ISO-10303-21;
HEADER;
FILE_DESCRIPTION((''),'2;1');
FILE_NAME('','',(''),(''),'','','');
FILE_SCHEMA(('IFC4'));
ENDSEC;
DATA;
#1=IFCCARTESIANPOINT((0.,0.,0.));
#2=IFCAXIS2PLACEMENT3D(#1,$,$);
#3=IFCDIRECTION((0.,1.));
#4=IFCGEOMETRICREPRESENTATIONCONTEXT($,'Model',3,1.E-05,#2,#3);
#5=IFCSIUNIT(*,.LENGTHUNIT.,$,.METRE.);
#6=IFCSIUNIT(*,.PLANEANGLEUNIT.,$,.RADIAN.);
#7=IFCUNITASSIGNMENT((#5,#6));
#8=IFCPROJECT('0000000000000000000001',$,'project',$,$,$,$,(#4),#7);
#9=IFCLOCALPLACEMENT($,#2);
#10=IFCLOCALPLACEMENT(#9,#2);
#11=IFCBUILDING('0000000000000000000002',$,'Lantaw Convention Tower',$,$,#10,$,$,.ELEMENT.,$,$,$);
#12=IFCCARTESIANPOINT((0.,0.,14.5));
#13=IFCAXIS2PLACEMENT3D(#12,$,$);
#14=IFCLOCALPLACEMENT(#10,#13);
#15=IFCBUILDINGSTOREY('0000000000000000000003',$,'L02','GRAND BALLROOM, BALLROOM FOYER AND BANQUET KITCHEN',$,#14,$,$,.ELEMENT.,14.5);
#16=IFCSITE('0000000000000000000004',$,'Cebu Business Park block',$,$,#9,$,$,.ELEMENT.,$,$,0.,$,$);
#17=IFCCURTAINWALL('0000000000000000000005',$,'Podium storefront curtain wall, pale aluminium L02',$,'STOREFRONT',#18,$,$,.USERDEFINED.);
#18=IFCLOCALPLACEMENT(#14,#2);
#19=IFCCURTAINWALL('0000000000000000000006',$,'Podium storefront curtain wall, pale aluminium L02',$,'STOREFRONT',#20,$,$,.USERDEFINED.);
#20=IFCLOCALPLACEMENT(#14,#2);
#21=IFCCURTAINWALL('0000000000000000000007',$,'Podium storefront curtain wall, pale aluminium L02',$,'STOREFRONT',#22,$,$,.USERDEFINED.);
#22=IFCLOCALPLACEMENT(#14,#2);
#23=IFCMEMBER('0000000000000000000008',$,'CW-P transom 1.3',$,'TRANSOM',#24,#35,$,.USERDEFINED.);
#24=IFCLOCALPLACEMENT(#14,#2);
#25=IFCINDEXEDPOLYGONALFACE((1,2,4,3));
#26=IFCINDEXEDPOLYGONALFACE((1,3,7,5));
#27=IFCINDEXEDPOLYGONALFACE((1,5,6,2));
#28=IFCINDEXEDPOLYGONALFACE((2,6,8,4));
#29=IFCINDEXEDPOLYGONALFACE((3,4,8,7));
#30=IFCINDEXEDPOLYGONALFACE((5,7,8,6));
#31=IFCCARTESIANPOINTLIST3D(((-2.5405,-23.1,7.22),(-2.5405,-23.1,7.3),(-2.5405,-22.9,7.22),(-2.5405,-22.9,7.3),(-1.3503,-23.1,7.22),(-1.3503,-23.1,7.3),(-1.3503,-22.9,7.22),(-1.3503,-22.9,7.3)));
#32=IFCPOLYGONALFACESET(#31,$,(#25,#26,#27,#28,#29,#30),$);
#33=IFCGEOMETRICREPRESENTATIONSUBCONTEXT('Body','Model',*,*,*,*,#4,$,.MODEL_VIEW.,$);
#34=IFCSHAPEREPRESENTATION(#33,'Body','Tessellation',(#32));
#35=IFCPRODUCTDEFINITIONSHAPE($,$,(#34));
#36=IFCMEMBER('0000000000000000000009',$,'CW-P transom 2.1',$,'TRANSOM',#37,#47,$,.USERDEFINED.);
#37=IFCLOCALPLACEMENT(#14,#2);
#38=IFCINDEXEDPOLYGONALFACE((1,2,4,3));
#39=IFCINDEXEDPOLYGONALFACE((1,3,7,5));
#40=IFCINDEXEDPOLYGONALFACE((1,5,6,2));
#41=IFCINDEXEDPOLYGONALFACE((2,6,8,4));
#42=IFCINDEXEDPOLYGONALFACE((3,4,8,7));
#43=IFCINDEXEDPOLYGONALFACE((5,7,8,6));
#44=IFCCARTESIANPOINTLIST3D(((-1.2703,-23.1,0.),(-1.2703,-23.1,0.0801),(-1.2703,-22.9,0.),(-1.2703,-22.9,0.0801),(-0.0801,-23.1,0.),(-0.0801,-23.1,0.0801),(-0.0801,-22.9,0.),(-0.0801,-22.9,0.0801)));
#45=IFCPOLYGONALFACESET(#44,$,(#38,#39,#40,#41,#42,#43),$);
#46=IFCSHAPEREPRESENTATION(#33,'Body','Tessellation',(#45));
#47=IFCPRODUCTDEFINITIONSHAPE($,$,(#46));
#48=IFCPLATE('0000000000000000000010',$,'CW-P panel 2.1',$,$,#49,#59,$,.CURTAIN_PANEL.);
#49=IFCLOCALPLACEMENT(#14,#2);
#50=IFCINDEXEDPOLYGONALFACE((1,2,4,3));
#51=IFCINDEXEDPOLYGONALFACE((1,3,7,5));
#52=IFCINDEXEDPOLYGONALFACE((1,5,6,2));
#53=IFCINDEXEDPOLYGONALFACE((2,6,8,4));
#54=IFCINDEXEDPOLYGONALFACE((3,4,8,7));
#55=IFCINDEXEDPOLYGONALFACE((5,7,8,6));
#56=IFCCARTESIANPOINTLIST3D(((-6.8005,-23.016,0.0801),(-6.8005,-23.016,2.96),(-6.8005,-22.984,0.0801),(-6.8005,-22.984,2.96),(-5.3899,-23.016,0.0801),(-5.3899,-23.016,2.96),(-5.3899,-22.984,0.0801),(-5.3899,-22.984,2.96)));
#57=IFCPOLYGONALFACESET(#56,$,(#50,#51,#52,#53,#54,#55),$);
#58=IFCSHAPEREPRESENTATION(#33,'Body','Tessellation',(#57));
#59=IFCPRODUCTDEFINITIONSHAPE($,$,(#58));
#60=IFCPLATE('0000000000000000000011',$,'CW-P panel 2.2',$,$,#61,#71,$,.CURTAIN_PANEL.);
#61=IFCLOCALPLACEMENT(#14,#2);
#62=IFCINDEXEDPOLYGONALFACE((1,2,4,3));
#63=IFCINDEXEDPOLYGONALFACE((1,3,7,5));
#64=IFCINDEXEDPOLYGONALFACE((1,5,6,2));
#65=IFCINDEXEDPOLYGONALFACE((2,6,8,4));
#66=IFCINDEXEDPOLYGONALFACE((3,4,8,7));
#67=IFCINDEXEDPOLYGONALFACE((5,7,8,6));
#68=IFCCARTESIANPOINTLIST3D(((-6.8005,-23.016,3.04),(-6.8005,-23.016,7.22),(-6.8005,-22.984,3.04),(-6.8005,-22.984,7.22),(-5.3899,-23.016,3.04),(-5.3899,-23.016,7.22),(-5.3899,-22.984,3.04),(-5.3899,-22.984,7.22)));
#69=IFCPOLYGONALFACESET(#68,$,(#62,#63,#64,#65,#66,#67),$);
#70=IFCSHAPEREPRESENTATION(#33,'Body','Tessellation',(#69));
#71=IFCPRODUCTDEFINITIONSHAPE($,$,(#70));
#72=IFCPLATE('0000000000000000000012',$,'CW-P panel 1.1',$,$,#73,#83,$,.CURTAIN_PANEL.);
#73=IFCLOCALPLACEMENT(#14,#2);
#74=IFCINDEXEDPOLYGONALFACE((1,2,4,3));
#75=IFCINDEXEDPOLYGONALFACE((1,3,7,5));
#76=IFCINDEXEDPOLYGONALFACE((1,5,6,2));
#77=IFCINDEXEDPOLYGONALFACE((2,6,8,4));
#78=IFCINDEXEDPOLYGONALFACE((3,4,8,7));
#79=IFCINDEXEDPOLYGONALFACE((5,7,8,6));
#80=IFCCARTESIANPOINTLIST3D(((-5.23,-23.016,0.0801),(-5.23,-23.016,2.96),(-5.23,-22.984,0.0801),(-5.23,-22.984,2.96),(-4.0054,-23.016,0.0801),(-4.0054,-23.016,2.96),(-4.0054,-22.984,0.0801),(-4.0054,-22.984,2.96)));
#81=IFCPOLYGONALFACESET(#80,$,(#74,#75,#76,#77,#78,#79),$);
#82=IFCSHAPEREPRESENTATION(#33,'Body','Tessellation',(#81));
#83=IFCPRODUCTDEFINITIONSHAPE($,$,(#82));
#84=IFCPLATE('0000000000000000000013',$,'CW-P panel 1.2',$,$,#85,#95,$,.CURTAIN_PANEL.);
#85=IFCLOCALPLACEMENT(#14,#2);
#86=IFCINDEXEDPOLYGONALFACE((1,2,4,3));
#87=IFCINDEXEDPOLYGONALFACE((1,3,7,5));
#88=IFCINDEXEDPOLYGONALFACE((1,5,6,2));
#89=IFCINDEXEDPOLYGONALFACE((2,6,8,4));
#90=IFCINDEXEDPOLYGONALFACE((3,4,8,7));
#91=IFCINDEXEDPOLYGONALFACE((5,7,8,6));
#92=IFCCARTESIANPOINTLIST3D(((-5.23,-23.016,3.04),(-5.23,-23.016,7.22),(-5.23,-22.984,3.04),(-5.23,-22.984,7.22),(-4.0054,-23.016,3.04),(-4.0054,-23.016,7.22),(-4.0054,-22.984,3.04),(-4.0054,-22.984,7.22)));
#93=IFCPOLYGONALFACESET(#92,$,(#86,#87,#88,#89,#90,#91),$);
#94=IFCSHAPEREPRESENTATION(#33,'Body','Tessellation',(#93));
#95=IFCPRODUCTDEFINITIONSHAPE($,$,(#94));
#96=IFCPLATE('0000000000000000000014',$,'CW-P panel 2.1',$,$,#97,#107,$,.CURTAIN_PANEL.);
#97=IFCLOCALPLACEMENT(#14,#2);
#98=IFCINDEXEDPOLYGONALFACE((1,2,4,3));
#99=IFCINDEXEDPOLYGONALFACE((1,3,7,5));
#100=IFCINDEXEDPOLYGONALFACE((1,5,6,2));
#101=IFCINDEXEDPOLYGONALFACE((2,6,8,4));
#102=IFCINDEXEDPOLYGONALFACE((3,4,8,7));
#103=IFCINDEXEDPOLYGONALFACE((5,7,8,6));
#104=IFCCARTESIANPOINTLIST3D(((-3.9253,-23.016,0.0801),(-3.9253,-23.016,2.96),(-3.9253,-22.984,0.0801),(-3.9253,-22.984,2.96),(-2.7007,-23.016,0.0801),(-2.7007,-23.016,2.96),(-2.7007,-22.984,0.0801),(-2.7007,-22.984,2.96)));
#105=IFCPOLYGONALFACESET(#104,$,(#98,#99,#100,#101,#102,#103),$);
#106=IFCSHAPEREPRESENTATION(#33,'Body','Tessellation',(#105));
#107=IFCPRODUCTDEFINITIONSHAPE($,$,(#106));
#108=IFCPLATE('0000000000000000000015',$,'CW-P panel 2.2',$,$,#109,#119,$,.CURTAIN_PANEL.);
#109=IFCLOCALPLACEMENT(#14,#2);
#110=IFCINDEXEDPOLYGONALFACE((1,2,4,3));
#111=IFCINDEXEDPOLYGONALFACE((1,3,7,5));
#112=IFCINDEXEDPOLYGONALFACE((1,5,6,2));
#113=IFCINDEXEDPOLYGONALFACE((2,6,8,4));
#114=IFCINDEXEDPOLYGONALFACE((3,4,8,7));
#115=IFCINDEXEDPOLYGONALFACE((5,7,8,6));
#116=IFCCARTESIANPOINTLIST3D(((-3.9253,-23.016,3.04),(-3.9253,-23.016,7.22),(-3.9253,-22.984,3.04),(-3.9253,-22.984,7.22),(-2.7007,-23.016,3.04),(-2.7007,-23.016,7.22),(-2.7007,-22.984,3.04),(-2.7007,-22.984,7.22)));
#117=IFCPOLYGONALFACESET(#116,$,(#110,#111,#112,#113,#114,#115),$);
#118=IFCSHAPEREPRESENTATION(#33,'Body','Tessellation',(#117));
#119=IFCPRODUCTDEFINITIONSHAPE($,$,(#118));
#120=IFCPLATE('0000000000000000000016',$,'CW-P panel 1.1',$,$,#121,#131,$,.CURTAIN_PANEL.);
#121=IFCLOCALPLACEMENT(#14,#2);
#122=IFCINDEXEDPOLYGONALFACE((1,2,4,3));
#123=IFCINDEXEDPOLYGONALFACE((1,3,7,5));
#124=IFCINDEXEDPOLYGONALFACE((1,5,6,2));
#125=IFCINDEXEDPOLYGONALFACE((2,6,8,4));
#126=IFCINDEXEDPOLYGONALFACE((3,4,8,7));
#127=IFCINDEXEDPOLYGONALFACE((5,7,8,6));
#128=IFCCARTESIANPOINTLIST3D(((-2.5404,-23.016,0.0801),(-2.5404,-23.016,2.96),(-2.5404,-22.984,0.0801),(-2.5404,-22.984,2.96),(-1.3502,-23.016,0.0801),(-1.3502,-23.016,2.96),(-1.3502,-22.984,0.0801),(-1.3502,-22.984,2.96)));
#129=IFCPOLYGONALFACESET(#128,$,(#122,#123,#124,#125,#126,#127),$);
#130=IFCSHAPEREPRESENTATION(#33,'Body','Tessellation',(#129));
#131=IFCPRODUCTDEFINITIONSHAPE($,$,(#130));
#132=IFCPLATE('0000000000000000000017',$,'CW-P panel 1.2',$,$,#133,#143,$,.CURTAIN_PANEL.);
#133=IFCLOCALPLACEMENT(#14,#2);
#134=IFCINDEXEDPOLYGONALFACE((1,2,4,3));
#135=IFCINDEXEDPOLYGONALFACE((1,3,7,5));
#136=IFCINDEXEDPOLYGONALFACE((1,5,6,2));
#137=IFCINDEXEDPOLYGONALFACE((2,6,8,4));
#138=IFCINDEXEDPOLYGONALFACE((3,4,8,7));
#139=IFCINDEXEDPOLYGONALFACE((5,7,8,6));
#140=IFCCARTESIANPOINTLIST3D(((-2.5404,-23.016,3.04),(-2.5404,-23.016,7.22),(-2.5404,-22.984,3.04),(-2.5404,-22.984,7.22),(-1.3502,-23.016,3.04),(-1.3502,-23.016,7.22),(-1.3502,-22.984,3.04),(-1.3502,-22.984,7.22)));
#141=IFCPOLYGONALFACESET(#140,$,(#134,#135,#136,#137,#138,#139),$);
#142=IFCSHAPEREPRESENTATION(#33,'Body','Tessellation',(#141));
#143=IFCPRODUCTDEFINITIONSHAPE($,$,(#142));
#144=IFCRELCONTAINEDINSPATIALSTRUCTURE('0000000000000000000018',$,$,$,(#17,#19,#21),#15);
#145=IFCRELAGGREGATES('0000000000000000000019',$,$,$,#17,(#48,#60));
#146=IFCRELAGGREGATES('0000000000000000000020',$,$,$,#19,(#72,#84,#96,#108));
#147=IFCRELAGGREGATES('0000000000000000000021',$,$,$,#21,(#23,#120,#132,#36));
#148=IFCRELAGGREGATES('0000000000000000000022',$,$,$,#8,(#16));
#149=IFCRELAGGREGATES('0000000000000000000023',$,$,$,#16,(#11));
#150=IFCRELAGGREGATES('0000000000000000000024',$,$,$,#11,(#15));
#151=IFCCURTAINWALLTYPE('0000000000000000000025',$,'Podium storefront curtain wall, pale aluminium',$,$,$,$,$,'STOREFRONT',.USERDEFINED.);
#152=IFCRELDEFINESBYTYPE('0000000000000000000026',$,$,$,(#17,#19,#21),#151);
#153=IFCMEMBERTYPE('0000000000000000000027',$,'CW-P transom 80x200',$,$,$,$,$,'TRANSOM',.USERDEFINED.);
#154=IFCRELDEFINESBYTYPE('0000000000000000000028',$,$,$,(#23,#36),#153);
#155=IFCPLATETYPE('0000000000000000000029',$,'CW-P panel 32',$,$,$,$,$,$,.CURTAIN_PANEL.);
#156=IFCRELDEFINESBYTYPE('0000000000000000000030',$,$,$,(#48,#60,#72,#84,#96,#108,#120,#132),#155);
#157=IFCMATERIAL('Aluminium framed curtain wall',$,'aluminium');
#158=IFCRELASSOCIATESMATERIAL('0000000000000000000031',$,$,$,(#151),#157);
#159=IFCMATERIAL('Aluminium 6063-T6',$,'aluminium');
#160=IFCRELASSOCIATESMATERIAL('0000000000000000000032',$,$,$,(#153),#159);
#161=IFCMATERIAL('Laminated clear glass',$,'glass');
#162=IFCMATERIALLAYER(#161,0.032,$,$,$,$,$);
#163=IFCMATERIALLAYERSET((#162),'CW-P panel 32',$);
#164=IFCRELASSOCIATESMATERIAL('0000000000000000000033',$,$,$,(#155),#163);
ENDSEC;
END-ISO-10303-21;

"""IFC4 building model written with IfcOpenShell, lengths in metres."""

from ifc_helpers import new_model, si_unit, direction, frame, origin, origin_2d, place, context, subcontext, project, spatial, rectangle, extrude, material, layer, layer_set, material_profile, profile_set, type_object, element, aggregate, save


model = new_model("IFC4")

# Units and contexts
model_context = context("Model", 3, precision=1e-05, world=origin(), true_north=direction((0.0, 1.0)))
body_context = subcontext(model_context, "Body", "Model", "MODEL_VIEW")
ifc_project = project(units=[si_unit("LENGTHUNIT", "METRE"), si_unit("PLANEANGLEUNIT", "RADIAN")], contexts=[model_context])

# Site, building, storey
site_placement = place(None, origin())
site = spatial("IfcSite", under=ifc_project, at=site_placement, Name="Cebu Business Park block", CompositionType="ELEMENT", RefElevation=0.0)
building_placement = place(site_placement, origin())
building = spatial("IfcBuilding", under=site, at=building_placement, Name="Lantaw Convention Tower", CompositionType="ELEMENT")
storey_placement = place(building_placement, frame((0.0, 0.0, 14.5)))
storey = spatial("IfcBuildingStorey", under=building, at=storey_placement, Name="L02", Description="GRAND BALLROOM, BALLROOM FOYER AND BANQUET KITCHEN", CompositionType="ELEMENT", Elevation=14.5)

# Curtain wall
ifc_material_1 = material(Name="Aluminium framed curtain wall", Category="aluminium")
curtain_wall_type = type_object("IfcCurtainWallType", Name="Podium storefront curtain wall, pale aluminium", ElementType="STOREFRONT", PredefinedType="USERDEFINED", material=ifc_material_1)
curtain_wall_1_placement = place(storey_placement, origin())
curtain_wall_1 = element("IfcCurtainWall", 1, at=curtain_wall_1_placement, inside=storey, type_object=curtain_wall_type, Name="Podium storefront curtain wall, pale aluminium L02", ObjectType="STOREFRONT", PredefinedType="USERDEFINED")
ifc_material_2 = material(Name="Aluminium 6063-T6", Category="aluminium")

# Curtain walls
curtain_wall_2_placement = place(storey_placement, origin())
curtain_wall_2 = element("IfcCurtainWall", 2, at=curtain_wall_2_placement, inside=storey, type_object=curtain_wall_type, Name="Podium storefront curtain wall, pale aluminium L02", ObjectType="STOREFRONT", PredefinedType="USERDEFINED")
curtain_wall_3_placement = place(storey_placement, origin())
curtain_wall_3 = element("IfcCurtainWall", 3, at=curtain_wall_3_placement, inside=storey, type_object=curtain_wall_type, Name="Podium storefront curtain wall, pale aluminium L02", ObjectType="STOREFRONT", PredefinedType="USERDEFINED")

# Members
ifc_material_profile_1 = material_profile(ifc_material_2, rectangle(XDim=0.2, YDim=0.0801, at=origin_2d()), Name="CW-P transom 80x200")
ifc_profile_set_1 = profile_set([ifc_material_profile_1], Name="Aluminium 6063-T6")
member_type_1 = type_object("IfcMemberType", Name="CW-P transom 80x200", ElementType="TRANSOM", PredefinedType="USERDEFINED", material=ifc_profile_set_1)
member_1_placement = place(storey_placement, frame((-2.5405, -23.0, 7.26), z_axis=(1.0, 0.0, 0.0), x_axis=(0.0, 1.0, 0.0)))
member_1 = element("IfcMember", 4, at=member_1_placement, type_object=member_type_1, Name="CW-P transom 1.3", ObjectType="TRANSOM", PredefinedType="USERDEFINED", context=body_context, shape_type="SweptSolid", body=[
    extrude(rectangle(XDim=0.2, YDim=0.0801, at=origin_2d()), origin(), (0.0, 0.0, 1.0), 1.1902),
])
member_2_placement = place(storey_placement, frame((-1.2703, -23.0, 0.04), z_axis=(1.0, 0.0, 0.0), x_axis=(0.0, 1.0, 0.0)))
member_2 = element("IfcMember", 5, at=member_2_placement, type_object=member_type_1, Name="CW-P transom 2.1", ObjectType="TRANSOM", PredefinedType="USERDEFINED", context=body_context, shape_type="SweptSolid", body=[
    extrude(rectangle(XDim=0.2, YDim=0.0801, at=origin_2d()), origin(), (0.0, 0.0, 1.0), 1.1902),
])

# Plates
ifc_material_3 = material(Name="Laminated clear glass", Category="glass")
ifc_layer = layer(ifc_material_3, 0.032)
ifc_layer_set = layer_set([ifc_layer], Name="CW-P panel 32")
plate_type = type_object("IfcPlateType", Name="CW-P panel 32", PredefinedType="CURTAIN_PANEL", material=ifc_layer_set)
plate_1_placement = place(storey_placement, frame((-6.0952, -23.0, 0.0801), z_axis=(0.0, 0.0, 1.0), x_axis=(1.0, 0.0, 0.0)))
plate_1 = element("IfcPlate", 6, at=plate_1_placement, type_object=plate_type, Name="CW-P panel 2.1", PredefinedType="CURTAIN_PANEL", context=body_context, shape_type="SweptSolid", body=[
    extrude(rectangle(XDim=1.4106, YDim=0.032, at=origin_2d()), origin(), (0.0, 0.0, 1.0), 2.8799),
])
plate_2_placement = place(storey_placement, frame((-6.0952, -23.0, 3.04), z_axis=(0.0, 0.0, 1.0), x_axis=(1.0, 0.0, 0.0)))
plate_2 = element("IfcPlate", 7, at=plate_2_placement, type_object=plate_type, Name="CW-P panel 2.2", PredefinedType="CURTAIN_PANEL", context=body_context, shape_type="SweptSolid", body=[
    extrude(rectangle(XDim=1.4106, YDim=0.032, at=origin_2d()), origin(), (0.0, 0.0, 1.0), 4.1799),
])
aggregate(curtain_wall_1, [plate_1, plate_2])
plate_3_placement = place(storey_placement, frame((-4.6177, -23.0, 0.0801), z_axis=(0.0, 0.0, 1.0), x_axis=(1.0, 0.0, 0.0)))
plate_3 = element("IfcPlate", 8, at=plate_3_placement, type_object=plate_type, Name="CW-P panel 1.1", PredefinedType="CURTAIN_PANEL", context=body_context, shape_type="SweptSolid", body=[
    extrude(rectangle(XDim=1.2246, YDim=0.032, at=origin_2d()), origin(), (0.0, 0.0, 1.0), 2.8799),
])
plate_4_placement = place(storey_placement, frame((-4.6177, -23.0, 3.04), z_axis=(0.0, 0.0, 1.0), x_axis=(1.0, 0.0, 0.0)))
plate_4 = element("IfcPlate", 9, at=plate_4_placement, type_object=plate_type, Name="CW-P panel 1.2", PredefinedType="CURTAIN_PANEL", context=body_context, shape_type="SweptSolid", body=[
    extrude(rectangle(XDim=1.2246, YDim=0.032, at=origin_2d()), origin(), (0.0, 0.0, 1.0), 4.1799),
])
plate_5_placement = place(storey_placement, frame((-3.313, -23.0, 0.0801), z_axis=(0.0, 0.0, 1.0), x_axis=(1.0, 0.0, 0.0)))
plate_5 = element("IfcPlate", 10, at=plate_5_placement, type_object=plate_type, Name="CW-P panel 2.1", PredefinedType="CURTAIN_PANEL", context=body_context, shape_type="SweptSolid", body=[
    extrude(rectangle(XDim=1.2246, YDim=0.032, at=origin_2d()), origin(), (0.0, 0.0, 1.0), 2.8799),
])
plate_6_placement = place(storey_placement, frame((-3.313, -23.0, 3.04), z_axis=(0.0, 0.0, 1.0), x_axis=(1.0, 0.0, 0.0)))
plate_6 = element("IfcPlate", 11, at=plate_6_placement, type_object=plate_type, Name="CW-P panel 2.2", PredefinedType="CURTAIN_PANEL", context=body_context, shape_type="SweptSolid", body=[
    extrude(rectangle(XDim=1.2246, YDim=0.032, at=origin_2d()), origin(), (0.0, 0.0, 1.0), 4.1799),
])
aggregate(curtain_wall_2, [plate_3, plate_4, plate_5, plate_6])
plate_7_placement = place(storey_placement, frame((-1.9453, -23.0, 0.0801), z_axis=(0.0, 0.0, 1.0), x_axis=(1.0, 0.0, 0.0)))
plate_7 = element("IfcPlate", 12, at=plate_7_placement, type_object=plate_type, Name="CW-P panel 1.1", PredefinedType="CURTAIN_PANEL", context=body_context, shape_type="SweptSolid", body=[
    extrude(rectangle(XDim=1.1902, YDim=0.032, at=origin_2d()), origin(), (0.0, 0.0, 1.0), 2.8799),
])
plate_8_placement = place(storey_placement, frame((-1.9453, -23.0, 3.04), z_axis=(0.0, 0.0, 1.0), x_axis=(1.0, 0.0, 0.0)))
plate_8 = element("IfcPlate", 13, at=plate_8_placement, type_object=plate_type, Name="CW-P panel 1.2", PredefinedType="CURTAIN_PANEL", context=body_context, shape_type="SweptSolid", body=[
    extrude(rectangle(XDim=1.1902, YDim=0.032, at=origin_2d()), origin(), (0.0, 0.0, 1.0), 4.1799),
])
aggregate(curtain_wall_3, [member_1, plate_7, plate_8, member_2])

save(model, "model.ifc")
